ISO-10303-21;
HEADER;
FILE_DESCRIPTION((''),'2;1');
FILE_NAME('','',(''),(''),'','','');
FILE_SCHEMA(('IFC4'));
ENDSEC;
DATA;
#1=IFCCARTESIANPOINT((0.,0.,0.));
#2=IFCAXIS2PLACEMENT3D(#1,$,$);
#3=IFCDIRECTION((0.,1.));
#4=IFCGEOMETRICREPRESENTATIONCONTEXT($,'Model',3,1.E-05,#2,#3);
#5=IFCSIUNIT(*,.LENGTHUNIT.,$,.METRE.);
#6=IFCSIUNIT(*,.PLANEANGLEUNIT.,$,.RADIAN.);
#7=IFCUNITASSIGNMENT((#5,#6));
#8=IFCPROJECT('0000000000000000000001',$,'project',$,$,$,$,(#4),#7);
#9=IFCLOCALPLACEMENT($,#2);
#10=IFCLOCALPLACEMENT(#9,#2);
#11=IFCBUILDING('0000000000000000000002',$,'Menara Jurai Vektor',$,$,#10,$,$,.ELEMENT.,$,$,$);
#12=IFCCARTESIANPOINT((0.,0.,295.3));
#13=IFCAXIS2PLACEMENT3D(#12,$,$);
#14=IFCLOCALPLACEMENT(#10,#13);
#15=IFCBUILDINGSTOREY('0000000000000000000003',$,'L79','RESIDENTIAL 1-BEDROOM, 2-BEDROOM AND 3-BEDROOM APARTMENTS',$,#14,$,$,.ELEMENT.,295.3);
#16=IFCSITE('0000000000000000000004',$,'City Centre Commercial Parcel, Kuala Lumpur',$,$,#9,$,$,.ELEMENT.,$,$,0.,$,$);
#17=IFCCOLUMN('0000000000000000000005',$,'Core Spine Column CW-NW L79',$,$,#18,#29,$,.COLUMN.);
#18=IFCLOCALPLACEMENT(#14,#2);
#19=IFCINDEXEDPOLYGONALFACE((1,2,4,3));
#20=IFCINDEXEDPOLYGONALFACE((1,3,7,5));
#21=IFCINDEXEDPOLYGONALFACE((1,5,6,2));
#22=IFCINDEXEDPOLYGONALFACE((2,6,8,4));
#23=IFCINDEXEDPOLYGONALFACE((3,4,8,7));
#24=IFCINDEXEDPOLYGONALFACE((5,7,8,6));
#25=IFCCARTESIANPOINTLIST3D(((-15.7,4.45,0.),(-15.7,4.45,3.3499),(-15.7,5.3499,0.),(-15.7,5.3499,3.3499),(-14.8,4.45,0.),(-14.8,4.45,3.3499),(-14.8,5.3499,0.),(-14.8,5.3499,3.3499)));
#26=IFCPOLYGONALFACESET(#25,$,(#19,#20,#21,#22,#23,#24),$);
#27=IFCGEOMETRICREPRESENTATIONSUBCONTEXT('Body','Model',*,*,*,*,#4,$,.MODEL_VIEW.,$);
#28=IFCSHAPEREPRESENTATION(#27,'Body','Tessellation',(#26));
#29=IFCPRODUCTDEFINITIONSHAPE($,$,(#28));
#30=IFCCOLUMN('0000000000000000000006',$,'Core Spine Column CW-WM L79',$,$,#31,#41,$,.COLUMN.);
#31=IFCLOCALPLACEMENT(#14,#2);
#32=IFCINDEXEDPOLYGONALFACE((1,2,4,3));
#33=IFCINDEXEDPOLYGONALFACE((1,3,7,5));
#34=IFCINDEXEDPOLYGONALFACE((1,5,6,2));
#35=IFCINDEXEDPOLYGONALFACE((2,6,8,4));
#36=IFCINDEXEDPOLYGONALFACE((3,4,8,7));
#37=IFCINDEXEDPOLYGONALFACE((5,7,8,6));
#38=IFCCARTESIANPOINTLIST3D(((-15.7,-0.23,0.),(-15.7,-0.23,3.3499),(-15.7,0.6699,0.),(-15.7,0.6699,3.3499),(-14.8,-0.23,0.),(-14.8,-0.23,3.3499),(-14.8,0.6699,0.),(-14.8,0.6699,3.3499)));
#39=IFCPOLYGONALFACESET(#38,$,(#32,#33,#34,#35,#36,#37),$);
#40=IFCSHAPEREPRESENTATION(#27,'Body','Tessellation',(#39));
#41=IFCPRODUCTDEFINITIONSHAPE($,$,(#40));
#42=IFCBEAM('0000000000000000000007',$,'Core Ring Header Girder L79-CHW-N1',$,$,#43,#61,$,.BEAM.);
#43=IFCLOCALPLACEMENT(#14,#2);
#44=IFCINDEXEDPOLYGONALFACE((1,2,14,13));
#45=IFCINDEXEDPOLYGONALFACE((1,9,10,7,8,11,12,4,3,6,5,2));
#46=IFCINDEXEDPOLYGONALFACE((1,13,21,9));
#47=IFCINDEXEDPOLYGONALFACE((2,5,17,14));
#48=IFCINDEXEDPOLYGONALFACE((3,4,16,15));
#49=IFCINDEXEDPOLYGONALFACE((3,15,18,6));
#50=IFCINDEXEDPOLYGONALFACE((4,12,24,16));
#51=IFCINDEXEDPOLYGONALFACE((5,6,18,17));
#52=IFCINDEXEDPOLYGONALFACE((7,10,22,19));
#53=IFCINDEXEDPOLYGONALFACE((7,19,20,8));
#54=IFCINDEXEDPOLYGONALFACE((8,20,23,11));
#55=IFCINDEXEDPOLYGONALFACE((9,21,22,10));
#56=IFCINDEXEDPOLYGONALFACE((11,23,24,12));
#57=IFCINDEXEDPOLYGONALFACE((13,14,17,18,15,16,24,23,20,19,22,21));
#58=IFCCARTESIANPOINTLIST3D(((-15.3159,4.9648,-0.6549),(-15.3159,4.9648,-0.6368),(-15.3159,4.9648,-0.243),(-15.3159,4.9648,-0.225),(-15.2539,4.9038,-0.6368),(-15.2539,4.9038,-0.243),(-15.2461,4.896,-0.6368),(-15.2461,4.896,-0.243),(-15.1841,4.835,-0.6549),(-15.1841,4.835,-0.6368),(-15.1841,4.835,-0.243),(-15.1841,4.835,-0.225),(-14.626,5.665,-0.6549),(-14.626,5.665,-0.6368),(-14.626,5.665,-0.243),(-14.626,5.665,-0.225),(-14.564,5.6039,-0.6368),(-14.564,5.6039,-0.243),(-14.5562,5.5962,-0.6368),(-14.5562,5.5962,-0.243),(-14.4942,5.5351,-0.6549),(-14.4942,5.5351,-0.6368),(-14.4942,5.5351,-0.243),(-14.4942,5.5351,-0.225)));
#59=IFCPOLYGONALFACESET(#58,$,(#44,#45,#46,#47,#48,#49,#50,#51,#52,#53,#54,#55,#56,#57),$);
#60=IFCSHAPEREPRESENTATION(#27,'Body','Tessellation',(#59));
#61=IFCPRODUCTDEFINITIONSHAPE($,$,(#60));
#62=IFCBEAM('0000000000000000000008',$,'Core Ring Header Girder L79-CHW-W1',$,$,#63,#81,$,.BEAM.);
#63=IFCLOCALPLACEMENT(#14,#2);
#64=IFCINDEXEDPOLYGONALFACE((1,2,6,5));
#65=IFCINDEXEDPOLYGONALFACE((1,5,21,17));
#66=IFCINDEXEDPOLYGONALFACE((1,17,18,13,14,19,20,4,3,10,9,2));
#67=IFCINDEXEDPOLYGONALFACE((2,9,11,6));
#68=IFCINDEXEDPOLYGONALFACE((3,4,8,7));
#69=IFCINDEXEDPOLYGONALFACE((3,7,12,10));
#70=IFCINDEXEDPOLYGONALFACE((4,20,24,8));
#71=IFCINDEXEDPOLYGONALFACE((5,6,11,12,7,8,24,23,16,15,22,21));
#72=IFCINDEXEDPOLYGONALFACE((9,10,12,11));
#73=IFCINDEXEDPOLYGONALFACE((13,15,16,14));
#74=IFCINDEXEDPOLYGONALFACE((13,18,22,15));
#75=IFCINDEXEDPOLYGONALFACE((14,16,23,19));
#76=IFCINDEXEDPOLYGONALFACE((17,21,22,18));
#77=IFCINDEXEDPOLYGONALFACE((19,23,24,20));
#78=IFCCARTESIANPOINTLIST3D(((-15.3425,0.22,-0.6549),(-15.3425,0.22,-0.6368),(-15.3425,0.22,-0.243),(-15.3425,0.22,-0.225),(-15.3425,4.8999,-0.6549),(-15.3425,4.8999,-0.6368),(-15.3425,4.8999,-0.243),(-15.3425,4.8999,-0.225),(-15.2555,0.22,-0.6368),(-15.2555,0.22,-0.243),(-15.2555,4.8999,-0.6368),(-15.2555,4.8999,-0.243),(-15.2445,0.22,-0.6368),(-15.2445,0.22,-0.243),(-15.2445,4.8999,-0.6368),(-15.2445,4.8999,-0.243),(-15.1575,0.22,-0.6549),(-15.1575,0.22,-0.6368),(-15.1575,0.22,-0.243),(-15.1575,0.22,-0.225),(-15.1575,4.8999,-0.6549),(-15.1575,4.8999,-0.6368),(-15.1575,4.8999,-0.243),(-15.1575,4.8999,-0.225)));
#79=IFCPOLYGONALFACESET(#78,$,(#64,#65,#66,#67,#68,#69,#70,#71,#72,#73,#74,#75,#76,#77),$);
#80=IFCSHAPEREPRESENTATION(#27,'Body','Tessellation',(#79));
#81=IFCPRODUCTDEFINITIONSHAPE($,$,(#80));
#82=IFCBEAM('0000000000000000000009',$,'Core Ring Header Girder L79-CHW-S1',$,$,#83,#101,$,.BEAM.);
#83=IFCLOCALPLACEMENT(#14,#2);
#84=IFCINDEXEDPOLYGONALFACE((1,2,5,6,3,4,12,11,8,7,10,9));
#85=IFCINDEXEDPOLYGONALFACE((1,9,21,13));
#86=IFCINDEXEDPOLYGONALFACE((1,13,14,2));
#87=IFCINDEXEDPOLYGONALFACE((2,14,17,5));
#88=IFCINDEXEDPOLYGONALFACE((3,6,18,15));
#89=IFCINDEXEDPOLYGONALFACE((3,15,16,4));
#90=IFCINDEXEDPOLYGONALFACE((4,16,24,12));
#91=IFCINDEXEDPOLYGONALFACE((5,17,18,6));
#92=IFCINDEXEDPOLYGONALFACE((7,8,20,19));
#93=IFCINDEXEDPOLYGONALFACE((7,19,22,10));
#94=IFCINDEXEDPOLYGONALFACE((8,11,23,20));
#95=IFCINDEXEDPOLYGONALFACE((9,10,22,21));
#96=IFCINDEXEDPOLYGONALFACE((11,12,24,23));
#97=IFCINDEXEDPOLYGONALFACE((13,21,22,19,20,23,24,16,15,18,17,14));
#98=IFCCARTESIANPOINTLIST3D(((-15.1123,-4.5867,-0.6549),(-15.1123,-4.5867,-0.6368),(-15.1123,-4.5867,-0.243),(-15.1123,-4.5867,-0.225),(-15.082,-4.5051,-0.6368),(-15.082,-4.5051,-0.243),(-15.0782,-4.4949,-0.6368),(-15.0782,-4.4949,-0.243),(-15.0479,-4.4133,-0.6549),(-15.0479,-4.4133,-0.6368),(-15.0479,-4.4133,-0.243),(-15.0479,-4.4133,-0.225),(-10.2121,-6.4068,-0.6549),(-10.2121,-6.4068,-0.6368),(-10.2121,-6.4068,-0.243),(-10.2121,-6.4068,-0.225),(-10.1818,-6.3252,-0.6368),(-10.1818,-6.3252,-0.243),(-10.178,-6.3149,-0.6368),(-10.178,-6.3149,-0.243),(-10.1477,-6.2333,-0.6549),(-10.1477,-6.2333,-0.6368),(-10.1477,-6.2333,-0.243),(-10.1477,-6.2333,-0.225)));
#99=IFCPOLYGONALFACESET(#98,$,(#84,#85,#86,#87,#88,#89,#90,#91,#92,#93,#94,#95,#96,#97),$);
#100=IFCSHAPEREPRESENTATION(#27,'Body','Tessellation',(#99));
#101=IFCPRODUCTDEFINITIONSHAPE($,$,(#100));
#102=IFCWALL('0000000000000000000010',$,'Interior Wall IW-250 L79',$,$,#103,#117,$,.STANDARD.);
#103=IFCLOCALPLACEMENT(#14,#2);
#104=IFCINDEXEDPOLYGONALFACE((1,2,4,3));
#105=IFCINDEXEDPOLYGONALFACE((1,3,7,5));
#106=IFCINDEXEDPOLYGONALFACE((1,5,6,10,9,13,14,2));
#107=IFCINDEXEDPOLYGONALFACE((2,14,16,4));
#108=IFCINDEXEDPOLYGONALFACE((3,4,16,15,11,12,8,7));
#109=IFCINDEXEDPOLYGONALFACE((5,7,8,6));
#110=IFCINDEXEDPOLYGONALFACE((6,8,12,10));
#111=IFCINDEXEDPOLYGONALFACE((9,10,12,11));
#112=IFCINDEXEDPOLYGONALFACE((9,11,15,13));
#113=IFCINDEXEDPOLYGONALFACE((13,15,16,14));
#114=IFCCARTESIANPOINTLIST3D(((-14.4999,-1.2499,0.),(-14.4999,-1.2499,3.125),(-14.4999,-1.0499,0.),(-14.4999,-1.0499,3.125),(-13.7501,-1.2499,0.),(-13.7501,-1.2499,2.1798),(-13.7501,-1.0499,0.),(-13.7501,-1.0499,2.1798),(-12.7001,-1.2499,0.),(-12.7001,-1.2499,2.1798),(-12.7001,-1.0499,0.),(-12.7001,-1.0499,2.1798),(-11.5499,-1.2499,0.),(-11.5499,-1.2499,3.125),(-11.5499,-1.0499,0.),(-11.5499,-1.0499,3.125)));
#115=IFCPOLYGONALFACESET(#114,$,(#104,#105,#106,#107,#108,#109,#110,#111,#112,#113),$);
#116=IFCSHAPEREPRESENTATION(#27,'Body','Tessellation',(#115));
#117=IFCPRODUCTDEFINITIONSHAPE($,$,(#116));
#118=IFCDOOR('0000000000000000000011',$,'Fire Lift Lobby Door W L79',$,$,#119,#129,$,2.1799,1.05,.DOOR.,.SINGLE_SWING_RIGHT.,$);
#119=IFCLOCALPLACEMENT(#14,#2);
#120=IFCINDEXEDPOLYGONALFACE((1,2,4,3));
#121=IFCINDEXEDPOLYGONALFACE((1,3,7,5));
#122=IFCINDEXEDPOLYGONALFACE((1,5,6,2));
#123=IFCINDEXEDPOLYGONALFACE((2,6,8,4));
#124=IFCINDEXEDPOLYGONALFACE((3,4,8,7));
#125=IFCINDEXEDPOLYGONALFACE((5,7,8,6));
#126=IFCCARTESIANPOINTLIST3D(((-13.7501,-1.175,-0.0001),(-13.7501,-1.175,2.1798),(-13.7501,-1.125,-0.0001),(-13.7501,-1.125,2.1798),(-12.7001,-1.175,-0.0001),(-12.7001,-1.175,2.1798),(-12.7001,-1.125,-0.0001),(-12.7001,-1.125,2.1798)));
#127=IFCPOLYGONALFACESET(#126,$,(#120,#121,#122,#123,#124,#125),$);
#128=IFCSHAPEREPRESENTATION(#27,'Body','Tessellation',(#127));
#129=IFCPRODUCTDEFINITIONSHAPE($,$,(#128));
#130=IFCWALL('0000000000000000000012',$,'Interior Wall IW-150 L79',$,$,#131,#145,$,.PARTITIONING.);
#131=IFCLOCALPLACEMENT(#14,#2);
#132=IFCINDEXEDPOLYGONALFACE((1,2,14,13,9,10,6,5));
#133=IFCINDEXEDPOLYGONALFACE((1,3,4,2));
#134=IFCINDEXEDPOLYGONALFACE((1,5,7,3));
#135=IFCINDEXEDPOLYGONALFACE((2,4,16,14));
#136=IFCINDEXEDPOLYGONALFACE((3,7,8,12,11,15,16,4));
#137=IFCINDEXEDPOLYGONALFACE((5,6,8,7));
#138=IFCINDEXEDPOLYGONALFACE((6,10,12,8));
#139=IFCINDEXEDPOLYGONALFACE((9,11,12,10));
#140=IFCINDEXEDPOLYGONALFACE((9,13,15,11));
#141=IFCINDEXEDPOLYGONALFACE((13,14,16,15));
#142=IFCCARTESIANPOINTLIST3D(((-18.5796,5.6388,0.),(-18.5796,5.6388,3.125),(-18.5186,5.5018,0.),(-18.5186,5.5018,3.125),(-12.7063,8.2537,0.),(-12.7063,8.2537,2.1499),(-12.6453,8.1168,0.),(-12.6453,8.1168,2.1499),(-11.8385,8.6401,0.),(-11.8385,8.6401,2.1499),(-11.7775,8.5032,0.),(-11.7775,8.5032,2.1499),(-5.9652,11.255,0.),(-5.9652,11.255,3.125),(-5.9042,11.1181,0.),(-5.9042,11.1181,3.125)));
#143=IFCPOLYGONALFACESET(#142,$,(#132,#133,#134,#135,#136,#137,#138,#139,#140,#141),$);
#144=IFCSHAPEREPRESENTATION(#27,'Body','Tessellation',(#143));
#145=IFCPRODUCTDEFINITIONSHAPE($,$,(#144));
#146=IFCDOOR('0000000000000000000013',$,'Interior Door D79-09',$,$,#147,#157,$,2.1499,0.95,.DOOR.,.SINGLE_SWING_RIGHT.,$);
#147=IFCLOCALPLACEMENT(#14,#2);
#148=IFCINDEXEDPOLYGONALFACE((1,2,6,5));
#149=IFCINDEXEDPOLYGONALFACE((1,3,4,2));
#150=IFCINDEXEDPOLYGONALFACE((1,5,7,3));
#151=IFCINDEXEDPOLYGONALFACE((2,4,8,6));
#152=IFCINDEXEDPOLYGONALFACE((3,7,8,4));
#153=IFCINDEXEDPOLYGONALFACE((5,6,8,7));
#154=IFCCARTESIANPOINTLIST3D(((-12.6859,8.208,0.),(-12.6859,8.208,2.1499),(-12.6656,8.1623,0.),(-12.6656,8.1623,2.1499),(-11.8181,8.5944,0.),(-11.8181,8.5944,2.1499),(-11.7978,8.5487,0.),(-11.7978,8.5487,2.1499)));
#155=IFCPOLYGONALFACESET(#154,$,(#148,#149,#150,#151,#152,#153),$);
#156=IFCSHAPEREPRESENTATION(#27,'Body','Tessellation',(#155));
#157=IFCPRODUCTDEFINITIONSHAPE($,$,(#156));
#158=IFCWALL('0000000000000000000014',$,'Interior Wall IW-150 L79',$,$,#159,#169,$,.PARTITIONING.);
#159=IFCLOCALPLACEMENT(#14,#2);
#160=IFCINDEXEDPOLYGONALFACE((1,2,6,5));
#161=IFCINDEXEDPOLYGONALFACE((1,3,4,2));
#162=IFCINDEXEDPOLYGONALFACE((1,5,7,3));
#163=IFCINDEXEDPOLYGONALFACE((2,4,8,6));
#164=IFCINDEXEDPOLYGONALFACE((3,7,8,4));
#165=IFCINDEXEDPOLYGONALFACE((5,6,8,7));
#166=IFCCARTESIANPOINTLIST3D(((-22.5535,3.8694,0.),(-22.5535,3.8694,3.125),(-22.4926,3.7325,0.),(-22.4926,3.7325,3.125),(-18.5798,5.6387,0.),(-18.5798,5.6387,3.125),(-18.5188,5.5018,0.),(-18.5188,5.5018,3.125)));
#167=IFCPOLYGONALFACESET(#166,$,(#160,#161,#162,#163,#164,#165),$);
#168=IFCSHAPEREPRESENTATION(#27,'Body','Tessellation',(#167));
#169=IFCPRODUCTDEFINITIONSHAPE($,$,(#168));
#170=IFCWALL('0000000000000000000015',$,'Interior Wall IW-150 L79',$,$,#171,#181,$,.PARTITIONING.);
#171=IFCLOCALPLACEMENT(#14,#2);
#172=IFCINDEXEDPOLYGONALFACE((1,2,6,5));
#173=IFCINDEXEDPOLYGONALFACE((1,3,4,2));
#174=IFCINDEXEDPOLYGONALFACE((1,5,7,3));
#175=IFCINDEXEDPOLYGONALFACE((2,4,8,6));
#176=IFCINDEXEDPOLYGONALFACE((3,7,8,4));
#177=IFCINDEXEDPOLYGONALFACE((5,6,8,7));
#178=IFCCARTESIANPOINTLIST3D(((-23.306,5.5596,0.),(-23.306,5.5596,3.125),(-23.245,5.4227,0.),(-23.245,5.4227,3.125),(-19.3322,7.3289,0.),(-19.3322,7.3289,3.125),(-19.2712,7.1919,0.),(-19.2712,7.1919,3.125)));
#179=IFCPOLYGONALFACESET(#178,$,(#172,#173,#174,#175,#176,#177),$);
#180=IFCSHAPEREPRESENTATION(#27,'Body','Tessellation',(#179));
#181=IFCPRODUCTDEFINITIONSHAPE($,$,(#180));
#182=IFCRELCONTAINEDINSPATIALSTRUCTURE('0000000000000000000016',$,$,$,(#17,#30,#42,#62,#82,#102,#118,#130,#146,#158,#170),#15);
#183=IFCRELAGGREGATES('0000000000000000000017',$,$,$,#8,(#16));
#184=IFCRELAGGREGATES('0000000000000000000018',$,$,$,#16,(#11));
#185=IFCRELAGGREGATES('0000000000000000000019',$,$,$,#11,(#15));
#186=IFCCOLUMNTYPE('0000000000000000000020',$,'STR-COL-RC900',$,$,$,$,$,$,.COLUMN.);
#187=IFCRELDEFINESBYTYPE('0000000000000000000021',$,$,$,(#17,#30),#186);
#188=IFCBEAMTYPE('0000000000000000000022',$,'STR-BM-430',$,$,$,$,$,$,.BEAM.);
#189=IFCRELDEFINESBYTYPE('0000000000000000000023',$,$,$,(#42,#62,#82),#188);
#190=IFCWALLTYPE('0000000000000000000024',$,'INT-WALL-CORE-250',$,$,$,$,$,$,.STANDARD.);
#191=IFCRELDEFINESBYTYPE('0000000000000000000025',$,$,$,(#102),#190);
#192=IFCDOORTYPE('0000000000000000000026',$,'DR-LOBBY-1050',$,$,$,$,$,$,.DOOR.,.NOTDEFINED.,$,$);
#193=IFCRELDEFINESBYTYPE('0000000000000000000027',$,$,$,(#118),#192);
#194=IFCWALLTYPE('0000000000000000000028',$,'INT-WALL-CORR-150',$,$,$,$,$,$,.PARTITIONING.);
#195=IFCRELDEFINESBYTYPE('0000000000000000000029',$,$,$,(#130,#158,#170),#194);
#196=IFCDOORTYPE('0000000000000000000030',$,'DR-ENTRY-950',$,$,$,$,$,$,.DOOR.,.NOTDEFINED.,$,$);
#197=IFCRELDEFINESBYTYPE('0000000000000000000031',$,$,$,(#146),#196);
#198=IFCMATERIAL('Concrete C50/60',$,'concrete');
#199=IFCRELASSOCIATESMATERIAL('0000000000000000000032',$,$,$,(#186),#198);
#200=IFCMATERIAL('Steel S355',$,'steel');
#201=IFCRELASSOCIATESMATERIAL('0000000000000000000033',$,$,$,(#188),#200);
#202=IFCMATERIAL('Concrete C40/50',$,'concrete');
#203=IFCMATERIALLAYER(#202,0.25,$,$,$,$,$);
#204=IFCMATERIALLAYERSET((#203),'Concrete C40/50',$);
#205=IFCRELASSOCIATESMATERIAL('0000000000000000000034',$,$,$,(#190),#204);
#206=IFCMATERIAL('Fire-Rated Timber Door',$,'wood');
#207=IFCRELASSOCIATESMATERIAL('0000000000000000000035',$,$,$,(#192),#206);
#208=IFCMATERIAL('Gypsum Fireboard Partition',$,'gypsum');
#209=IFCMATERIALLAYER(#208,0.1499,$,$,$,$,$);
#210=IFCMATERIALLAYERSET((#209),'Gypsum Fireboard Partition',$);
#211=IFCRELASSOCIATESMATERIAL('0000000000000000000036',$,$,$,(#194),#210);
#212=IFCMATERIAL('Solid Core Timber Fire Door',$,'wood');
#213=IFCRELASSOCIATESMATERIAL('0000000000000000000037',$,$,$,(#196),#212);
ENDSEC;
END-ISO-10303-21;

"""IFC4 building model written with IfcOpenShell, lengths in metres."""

from ifc_helpers import new_model, si_unit, direction, frame, frame_2d, origin, origin_2d, place, context, subcontext, project, spatial, rectangle, i_section, extrude, material, layer, layer_set, material_profile, profile_set, type_object, element, fill, save


model = new_model("IFC4")

# Units and contexts
model_context = context("Model", 3, precision=1e-05, world=origin(), true_north=direction((0.0, 1.0)))
body_context = subcontext(model_context, "Body", "Model", "MODEL_VIEW")
ifc_project = project(units=[si_unit("LENGTHUNIT", "METRE"), si_unit("PLANEANGLEUNIT", "RADIAN")], contexts=[model_context])

# Site, building, storey
site_placement = place(None, origin())
site = spatial("IfcSite", under=ifc_project, at=site_placement, Name="City Centre Commercial Parcel, Kuala Lumpur", CompositionType="ELEMENT", RefElevation=0.0)
building_placement = place(site_placement, origin())
building = spatial("IfcBuilding", under=site, at=building_placement, Name="Menara Jurai Vektor", CompositionType="ELEMENT")
storey_placement = place(building_placement, frame((0.0, 0.0, 295.3)))
storey = spatial("IfcBuildingStorey", under=building, at=storey_placement, Name="L79", Description="RESIDENTIAL 1-BEDROOM, 2-BEDROOM AND 3-BEDROOM APARTMENTS", CompositionType="ELEMENT", Elevation=295.3)

# Columns
ifc_material_1 = material(Name="Concrete C50/60", Category="concrete")
ifc_material_profile_1 = material_profile(ifc_material_1, rectangle(XDim=0.8999, YDim=0.8999, at=origin_2d()), Name="RC 900x900")
ifc_profile_set_1 = profile_set([ifc_material_profile_1], Name="Concrete C50/60")
column_type = type_object("IfcColumnType", Name="STR-COL-RC900", PredefinedType="COLUMN", material=ifc_profile_set_1)
for number, where, z_axis, x_axis, name in (
    (1, (-15.25, 4.8999, 0.0), (0.0, 0.0, 1.0), (1.0, 0.0, 0.0), "Core Spine Column CW-NW L79"),
    (2, (-15.25, 0.22, 0.0), (0.0, 0.0, 1.0), (1.0, 0.0, 0.0), "Core Spine Column CW-WM L79"),
):
    element("IfcColumn", number, at=place(storey_placement, frame(where, z_axis=z_axis, x_axis=x_axis)), inside=storey, type_object=column_type, Name=name, PredefinedType="COLUMN", context=body_context, shape_type="SweptSolid", body=[
        extrude(rectangle(XDim=0.8999, YDim=0.8999, at=origin_2d()), origin(), (0.0, 0.0, 1.0), 3.3499),
    ])

# Beams
ifc_material_2 = material(Name="Steel S355", Category="steel")
ifc_material_profile_2 = material_profile(ifc_material_2, i_section(OverallWidth=0.1851, OverallDepth=0.4299, WebThickness=0.011, FlangeThickness=0.0181, at=origin_2d()), Name="PG 430x185x76")
ifc_profile_set_2 = profile_set([ifc_material_profile_2], Name="Steel S355")
beam_type = type_object("IfcBeamType", Name="STR-BM-430", PredefinedType="BEAM", material=ifc_profile_set_2)
beam_1_placement = place(storey_placement, frame((-15.25, 4.8999, -0.4399), z_axis=(0.701872, 0.712303, 0.0), x_axis=(-0.712303, 0.701872, 0.0)))
element("IfcBeam", 3, at=beam_1_placement, inside=storey, type_object=beam_type, Name="Core Ring Header Girder L79-CHW-N1", PredefinedType="BEAM", context=body_context, shape_type="SweptSolid", body=[
    extrude(i_section(OverallWidth=0.1851, OverallDepth=0.4299, WebThickness=0.011, FlangeThickness=0.0181, at=origin_2d()), origin(), (0.0, 0.0, 1.0), 0.9829),
])
beam_2_placement = place(storey_placement, frame((-15.25, 0.22, -0.4399), z_axis=(0.0, 1.0, 0.0), x_axis=(-1.0, 0.0, 0.0)))
element("IfcBeam", 4, at=beam_2_placement, inside=storey, type_object=beam_type, Name="Core Ring Header Girder L79-CHW-W1", PredefinedType="BEAM", context=body_context, shape_type="SweptSolid", body=[
    extrude(i_section(OverallWidth=0.1851, OverallDepth=0.4299, WebThickness=0.011, FlangeThickness=0.0181, at=origin_2d()), origin(), (0.0, 0.0, 1.0), 4.6799),
])
beam_3_placement = place(storey_placement, frame((-15.0801, -4.5, -0.4399), z_axis=(0.937424, -0.348189, 0.0), x_axis=(0.348189, 0.937424, 0.0)))
element("IfcBeam", 5, at=beam_3_placement, inside=storey, type_object=beam_type, Name="Core Ring Header Girder L79-CHW-S1", PredefinedType="BEAM", context=body_context, shape_type="SweptSolid", body=[
    extrude(i_section(OverallWidth=0.1851, OverallDepth=0.4299, WebThickness=0.011, FlangeThickness=0.0181, at=origin_2d()), origin(), (0.0, 0.0, 1.0), 5.2273),
])

# Walls, openings, doors
ifc_material_3 = material(Name="Concrete C40/50", Category="concrete")
ifc_layer_1 = layer(ifc_material_3, 0.25)
ifc_layer_set_1 = layer_set([ifc_layer_1], Name="Concrete C40/50")
wall_type_1 = type_object("IfcWallType", Name="INT-WALL-CORE-250", PredefinedType="STANDARD", material=ifc_layer_set_1)
wall_1_placement = place(storey_placement, frame((-14.5, -1.1499, 0.0), z_axis=(0.0, 0.0, 1.0), x_axis=(1.0, 0.0, 0.0)))
wall_1 = element("IfcWall", 6, at=wall_1_placement, inside=storey, type_object=wall_type_1, Name="Interior Wall IW-250 L79", PredefinedType="STANDARD", context=body_context, shape_type="SweptSolid", body=[
    extrude(rectangle(XDim=2.95, YDim=0.2, at=frame_2d((1.4751, 0.0))), origin(), (0.0, 0.0, 1.0), 3.125),
])
opening_1_placement = place(wall_1_placement, frame((0.75, 0.0, 0.0)))
opening_1 = element("IfcOpeningElement", 7, at=opening_1_placement, cuts=wall_1, PredefinedType="OPENING", context=body_context, shape_type="SweptSolid", body=[
    extrude(rectangle(XDim=1.05, YDim=2.1799, at=frame_2d((0.5249, 1.0898))), frame((0.0, 0.1099, 0.0), z_axis=(0.0, -1.0, 0.0), x_axis=(1.0, 0.0, 0.0)), (0.0, 0.0, 1.0), 0.22),
])
ifc_material_4 = material(Name="Fire-Rated Timber Door", Category="wood")
door_type_1 = type_object("IfcDoorType", Name="DR-LOBBY-1050", OperationType="NOTDEFINED", PredefinedType="DOOR", material=ifc_material_4)
door_1_placement = place(opening_1_placement, origin())
door_1 = element("IfcDoor", 8, at=door_1_placement, inside=storey, type_object=door_type_1, Name="Fire Lift Lobby Door W L79", OperationType="SINGLE_SWING_RIGHT", OverallHeight=2.1799, OverallWidth=1.05, PredefinedType="DOOR", context=body_context, shape_type="SweptSolid", body=[
    extrude(rectangle(XDim=1.05, YDim=2.1799, at=frame_2d((0.5249, 1.0898))), frame((0.0, 0.0249, 0.0), z_axis=(0.0, -1.0, 0.0), x_axis=(1.0, 0.0, 0.0)), (0.0, 0.0, 1.0), 0.05),
])
fill(opening_1, door_1)
ifc_material_5 = material(Name="Gypsum Fireboard Partition", Category="gypsum")
ifc_layer_2 = layer(ifc_material_5, 0.1499)
ifc_layer_set_2 = layer_set([ifc_layer_2], Name="Gypsum Fireboard Partition")
wall_type_2 = type_object("IfcWallType", Name="INT-WALL-CORR-150", PredefinedType="PARTITIONING", material=ifc_layer_set_2)
wall_2_placement = place(storey_placement, frame((-18.5491, 5.5703, 0.0), z_axis=(0.0, 0.0, 1.0), x_axis=(0.913546, 0.406736, 0.0)))
wall_2 = element("IfcWall", 9, at=wall_2_placement, inside=storey, type_object=wall_type_2, Name="Interior Wall IW-150 L79", PredefinedType="PARTITIONING", context=body_context, shape_type="SweptSolid", body=[
    extrude(rectangle(XDim=13.8081, YDim=0.1499, at=frame_2d((6.9041, 0.0))), origin(), (0.0, 0.0, 1.0), 3.125),
])
opening_2_placement = place(wall_2_placement, frame((6.429, 0.0, 0.0)))
opening_2 = element("IfcOpeningElement", 10, at=opening_2_placement, cuts=wall_2, PredefinedType="OPENING", context=body_context, shape_type="SweptSolid", body=[
    extrude(rectangle(XDim=0.95, YDim=2.1499, at=frame_2d((0.4751, 1.075))), frame((0.0, 0.085, 0.0), z_axis=(0.0, -1.0, 0.0), x_axis=(1.0, 0.0, 0.0)), (0.0, 0.0, 1.0), 0.1699),
])
ifc_material_6 = material(Name="Solid Core Timber Fire Door", Category="wood")
door_type_2 = type_object("IfcDoorType", Name="DR-ENTRY-950", OperationType="NOTDEFINED", PredefinedType="DOOR", material=ifc_material_6)
door_2_placement = place(opening_2_placement, origin())
door_2 = element("IfcDoor", 11, at=door_2_placement, inside=storey, type_object=door_type_2, Name="Interior Door D79-09", OperationType="SINGLE_SWING_RIGHT", OverallHeight=2.1499, OverallWidth=0.95, PredefinedType="DOOR", context=body_context, shape_type="SweptSolid", body=[
    extrude(rectangle(XDim=0.95, YDim=2.1499, at=frame_2d((0.4751, 1.075))), frame((0.0, 0.0249, 0.0), z_axis=(0.0, -1.0, 0.0), x_axis=(1.0, 0.0, 0.0)), (0.0, 0.0, 1.0), 0.05),
])
fill(opening_2, door_2)

# Wall
wall_3_placement = place(storey_placement, frame((-22.5229, 3.801, 0.0), z_axis=(0.0, 0.0, 1.0), x_axis=(0.913545, 0.406737, 0.0)))
element("IfcWall", 12, at=wall_3_placement, inside=storey, type_object=wall_type_2, Name="Interior Wall IW-150 L79", PredefinedType="PARTITIONING", context=body_context, shape_type="SweptSolid", body=[
    extrude(rectangle(XDim=4.3499, YDim=0.1499, at=frame_2d((2.1748, 0.0))), origin(), (0.0, 0.0, 1.0), 3.125),
])

# Wall
wall_4_placement = place(storey_placement, frame((-23.2754, 5.4912, 0.0), z_axis=(0.0, 0.0, 1.0), x_axis=(0.913545, 0.406737, 0.0)))
element("IfcWall", 13, at=wall_4_placement, inside=storey, type_object=wall_type_2, Name="Interior Wall IW-150 L79", PredefinedType="PARTITIONING", context=body_context, shape_type="SweptSolid", body=[
    extrude(rectangle(XDim=4.3499, YDim=0.1499, at=frame_2d((2.1748, 0.0))), origin(), (0.0, 0.0, 1.0), 3.125),
])

save(model, "model.ifc")
